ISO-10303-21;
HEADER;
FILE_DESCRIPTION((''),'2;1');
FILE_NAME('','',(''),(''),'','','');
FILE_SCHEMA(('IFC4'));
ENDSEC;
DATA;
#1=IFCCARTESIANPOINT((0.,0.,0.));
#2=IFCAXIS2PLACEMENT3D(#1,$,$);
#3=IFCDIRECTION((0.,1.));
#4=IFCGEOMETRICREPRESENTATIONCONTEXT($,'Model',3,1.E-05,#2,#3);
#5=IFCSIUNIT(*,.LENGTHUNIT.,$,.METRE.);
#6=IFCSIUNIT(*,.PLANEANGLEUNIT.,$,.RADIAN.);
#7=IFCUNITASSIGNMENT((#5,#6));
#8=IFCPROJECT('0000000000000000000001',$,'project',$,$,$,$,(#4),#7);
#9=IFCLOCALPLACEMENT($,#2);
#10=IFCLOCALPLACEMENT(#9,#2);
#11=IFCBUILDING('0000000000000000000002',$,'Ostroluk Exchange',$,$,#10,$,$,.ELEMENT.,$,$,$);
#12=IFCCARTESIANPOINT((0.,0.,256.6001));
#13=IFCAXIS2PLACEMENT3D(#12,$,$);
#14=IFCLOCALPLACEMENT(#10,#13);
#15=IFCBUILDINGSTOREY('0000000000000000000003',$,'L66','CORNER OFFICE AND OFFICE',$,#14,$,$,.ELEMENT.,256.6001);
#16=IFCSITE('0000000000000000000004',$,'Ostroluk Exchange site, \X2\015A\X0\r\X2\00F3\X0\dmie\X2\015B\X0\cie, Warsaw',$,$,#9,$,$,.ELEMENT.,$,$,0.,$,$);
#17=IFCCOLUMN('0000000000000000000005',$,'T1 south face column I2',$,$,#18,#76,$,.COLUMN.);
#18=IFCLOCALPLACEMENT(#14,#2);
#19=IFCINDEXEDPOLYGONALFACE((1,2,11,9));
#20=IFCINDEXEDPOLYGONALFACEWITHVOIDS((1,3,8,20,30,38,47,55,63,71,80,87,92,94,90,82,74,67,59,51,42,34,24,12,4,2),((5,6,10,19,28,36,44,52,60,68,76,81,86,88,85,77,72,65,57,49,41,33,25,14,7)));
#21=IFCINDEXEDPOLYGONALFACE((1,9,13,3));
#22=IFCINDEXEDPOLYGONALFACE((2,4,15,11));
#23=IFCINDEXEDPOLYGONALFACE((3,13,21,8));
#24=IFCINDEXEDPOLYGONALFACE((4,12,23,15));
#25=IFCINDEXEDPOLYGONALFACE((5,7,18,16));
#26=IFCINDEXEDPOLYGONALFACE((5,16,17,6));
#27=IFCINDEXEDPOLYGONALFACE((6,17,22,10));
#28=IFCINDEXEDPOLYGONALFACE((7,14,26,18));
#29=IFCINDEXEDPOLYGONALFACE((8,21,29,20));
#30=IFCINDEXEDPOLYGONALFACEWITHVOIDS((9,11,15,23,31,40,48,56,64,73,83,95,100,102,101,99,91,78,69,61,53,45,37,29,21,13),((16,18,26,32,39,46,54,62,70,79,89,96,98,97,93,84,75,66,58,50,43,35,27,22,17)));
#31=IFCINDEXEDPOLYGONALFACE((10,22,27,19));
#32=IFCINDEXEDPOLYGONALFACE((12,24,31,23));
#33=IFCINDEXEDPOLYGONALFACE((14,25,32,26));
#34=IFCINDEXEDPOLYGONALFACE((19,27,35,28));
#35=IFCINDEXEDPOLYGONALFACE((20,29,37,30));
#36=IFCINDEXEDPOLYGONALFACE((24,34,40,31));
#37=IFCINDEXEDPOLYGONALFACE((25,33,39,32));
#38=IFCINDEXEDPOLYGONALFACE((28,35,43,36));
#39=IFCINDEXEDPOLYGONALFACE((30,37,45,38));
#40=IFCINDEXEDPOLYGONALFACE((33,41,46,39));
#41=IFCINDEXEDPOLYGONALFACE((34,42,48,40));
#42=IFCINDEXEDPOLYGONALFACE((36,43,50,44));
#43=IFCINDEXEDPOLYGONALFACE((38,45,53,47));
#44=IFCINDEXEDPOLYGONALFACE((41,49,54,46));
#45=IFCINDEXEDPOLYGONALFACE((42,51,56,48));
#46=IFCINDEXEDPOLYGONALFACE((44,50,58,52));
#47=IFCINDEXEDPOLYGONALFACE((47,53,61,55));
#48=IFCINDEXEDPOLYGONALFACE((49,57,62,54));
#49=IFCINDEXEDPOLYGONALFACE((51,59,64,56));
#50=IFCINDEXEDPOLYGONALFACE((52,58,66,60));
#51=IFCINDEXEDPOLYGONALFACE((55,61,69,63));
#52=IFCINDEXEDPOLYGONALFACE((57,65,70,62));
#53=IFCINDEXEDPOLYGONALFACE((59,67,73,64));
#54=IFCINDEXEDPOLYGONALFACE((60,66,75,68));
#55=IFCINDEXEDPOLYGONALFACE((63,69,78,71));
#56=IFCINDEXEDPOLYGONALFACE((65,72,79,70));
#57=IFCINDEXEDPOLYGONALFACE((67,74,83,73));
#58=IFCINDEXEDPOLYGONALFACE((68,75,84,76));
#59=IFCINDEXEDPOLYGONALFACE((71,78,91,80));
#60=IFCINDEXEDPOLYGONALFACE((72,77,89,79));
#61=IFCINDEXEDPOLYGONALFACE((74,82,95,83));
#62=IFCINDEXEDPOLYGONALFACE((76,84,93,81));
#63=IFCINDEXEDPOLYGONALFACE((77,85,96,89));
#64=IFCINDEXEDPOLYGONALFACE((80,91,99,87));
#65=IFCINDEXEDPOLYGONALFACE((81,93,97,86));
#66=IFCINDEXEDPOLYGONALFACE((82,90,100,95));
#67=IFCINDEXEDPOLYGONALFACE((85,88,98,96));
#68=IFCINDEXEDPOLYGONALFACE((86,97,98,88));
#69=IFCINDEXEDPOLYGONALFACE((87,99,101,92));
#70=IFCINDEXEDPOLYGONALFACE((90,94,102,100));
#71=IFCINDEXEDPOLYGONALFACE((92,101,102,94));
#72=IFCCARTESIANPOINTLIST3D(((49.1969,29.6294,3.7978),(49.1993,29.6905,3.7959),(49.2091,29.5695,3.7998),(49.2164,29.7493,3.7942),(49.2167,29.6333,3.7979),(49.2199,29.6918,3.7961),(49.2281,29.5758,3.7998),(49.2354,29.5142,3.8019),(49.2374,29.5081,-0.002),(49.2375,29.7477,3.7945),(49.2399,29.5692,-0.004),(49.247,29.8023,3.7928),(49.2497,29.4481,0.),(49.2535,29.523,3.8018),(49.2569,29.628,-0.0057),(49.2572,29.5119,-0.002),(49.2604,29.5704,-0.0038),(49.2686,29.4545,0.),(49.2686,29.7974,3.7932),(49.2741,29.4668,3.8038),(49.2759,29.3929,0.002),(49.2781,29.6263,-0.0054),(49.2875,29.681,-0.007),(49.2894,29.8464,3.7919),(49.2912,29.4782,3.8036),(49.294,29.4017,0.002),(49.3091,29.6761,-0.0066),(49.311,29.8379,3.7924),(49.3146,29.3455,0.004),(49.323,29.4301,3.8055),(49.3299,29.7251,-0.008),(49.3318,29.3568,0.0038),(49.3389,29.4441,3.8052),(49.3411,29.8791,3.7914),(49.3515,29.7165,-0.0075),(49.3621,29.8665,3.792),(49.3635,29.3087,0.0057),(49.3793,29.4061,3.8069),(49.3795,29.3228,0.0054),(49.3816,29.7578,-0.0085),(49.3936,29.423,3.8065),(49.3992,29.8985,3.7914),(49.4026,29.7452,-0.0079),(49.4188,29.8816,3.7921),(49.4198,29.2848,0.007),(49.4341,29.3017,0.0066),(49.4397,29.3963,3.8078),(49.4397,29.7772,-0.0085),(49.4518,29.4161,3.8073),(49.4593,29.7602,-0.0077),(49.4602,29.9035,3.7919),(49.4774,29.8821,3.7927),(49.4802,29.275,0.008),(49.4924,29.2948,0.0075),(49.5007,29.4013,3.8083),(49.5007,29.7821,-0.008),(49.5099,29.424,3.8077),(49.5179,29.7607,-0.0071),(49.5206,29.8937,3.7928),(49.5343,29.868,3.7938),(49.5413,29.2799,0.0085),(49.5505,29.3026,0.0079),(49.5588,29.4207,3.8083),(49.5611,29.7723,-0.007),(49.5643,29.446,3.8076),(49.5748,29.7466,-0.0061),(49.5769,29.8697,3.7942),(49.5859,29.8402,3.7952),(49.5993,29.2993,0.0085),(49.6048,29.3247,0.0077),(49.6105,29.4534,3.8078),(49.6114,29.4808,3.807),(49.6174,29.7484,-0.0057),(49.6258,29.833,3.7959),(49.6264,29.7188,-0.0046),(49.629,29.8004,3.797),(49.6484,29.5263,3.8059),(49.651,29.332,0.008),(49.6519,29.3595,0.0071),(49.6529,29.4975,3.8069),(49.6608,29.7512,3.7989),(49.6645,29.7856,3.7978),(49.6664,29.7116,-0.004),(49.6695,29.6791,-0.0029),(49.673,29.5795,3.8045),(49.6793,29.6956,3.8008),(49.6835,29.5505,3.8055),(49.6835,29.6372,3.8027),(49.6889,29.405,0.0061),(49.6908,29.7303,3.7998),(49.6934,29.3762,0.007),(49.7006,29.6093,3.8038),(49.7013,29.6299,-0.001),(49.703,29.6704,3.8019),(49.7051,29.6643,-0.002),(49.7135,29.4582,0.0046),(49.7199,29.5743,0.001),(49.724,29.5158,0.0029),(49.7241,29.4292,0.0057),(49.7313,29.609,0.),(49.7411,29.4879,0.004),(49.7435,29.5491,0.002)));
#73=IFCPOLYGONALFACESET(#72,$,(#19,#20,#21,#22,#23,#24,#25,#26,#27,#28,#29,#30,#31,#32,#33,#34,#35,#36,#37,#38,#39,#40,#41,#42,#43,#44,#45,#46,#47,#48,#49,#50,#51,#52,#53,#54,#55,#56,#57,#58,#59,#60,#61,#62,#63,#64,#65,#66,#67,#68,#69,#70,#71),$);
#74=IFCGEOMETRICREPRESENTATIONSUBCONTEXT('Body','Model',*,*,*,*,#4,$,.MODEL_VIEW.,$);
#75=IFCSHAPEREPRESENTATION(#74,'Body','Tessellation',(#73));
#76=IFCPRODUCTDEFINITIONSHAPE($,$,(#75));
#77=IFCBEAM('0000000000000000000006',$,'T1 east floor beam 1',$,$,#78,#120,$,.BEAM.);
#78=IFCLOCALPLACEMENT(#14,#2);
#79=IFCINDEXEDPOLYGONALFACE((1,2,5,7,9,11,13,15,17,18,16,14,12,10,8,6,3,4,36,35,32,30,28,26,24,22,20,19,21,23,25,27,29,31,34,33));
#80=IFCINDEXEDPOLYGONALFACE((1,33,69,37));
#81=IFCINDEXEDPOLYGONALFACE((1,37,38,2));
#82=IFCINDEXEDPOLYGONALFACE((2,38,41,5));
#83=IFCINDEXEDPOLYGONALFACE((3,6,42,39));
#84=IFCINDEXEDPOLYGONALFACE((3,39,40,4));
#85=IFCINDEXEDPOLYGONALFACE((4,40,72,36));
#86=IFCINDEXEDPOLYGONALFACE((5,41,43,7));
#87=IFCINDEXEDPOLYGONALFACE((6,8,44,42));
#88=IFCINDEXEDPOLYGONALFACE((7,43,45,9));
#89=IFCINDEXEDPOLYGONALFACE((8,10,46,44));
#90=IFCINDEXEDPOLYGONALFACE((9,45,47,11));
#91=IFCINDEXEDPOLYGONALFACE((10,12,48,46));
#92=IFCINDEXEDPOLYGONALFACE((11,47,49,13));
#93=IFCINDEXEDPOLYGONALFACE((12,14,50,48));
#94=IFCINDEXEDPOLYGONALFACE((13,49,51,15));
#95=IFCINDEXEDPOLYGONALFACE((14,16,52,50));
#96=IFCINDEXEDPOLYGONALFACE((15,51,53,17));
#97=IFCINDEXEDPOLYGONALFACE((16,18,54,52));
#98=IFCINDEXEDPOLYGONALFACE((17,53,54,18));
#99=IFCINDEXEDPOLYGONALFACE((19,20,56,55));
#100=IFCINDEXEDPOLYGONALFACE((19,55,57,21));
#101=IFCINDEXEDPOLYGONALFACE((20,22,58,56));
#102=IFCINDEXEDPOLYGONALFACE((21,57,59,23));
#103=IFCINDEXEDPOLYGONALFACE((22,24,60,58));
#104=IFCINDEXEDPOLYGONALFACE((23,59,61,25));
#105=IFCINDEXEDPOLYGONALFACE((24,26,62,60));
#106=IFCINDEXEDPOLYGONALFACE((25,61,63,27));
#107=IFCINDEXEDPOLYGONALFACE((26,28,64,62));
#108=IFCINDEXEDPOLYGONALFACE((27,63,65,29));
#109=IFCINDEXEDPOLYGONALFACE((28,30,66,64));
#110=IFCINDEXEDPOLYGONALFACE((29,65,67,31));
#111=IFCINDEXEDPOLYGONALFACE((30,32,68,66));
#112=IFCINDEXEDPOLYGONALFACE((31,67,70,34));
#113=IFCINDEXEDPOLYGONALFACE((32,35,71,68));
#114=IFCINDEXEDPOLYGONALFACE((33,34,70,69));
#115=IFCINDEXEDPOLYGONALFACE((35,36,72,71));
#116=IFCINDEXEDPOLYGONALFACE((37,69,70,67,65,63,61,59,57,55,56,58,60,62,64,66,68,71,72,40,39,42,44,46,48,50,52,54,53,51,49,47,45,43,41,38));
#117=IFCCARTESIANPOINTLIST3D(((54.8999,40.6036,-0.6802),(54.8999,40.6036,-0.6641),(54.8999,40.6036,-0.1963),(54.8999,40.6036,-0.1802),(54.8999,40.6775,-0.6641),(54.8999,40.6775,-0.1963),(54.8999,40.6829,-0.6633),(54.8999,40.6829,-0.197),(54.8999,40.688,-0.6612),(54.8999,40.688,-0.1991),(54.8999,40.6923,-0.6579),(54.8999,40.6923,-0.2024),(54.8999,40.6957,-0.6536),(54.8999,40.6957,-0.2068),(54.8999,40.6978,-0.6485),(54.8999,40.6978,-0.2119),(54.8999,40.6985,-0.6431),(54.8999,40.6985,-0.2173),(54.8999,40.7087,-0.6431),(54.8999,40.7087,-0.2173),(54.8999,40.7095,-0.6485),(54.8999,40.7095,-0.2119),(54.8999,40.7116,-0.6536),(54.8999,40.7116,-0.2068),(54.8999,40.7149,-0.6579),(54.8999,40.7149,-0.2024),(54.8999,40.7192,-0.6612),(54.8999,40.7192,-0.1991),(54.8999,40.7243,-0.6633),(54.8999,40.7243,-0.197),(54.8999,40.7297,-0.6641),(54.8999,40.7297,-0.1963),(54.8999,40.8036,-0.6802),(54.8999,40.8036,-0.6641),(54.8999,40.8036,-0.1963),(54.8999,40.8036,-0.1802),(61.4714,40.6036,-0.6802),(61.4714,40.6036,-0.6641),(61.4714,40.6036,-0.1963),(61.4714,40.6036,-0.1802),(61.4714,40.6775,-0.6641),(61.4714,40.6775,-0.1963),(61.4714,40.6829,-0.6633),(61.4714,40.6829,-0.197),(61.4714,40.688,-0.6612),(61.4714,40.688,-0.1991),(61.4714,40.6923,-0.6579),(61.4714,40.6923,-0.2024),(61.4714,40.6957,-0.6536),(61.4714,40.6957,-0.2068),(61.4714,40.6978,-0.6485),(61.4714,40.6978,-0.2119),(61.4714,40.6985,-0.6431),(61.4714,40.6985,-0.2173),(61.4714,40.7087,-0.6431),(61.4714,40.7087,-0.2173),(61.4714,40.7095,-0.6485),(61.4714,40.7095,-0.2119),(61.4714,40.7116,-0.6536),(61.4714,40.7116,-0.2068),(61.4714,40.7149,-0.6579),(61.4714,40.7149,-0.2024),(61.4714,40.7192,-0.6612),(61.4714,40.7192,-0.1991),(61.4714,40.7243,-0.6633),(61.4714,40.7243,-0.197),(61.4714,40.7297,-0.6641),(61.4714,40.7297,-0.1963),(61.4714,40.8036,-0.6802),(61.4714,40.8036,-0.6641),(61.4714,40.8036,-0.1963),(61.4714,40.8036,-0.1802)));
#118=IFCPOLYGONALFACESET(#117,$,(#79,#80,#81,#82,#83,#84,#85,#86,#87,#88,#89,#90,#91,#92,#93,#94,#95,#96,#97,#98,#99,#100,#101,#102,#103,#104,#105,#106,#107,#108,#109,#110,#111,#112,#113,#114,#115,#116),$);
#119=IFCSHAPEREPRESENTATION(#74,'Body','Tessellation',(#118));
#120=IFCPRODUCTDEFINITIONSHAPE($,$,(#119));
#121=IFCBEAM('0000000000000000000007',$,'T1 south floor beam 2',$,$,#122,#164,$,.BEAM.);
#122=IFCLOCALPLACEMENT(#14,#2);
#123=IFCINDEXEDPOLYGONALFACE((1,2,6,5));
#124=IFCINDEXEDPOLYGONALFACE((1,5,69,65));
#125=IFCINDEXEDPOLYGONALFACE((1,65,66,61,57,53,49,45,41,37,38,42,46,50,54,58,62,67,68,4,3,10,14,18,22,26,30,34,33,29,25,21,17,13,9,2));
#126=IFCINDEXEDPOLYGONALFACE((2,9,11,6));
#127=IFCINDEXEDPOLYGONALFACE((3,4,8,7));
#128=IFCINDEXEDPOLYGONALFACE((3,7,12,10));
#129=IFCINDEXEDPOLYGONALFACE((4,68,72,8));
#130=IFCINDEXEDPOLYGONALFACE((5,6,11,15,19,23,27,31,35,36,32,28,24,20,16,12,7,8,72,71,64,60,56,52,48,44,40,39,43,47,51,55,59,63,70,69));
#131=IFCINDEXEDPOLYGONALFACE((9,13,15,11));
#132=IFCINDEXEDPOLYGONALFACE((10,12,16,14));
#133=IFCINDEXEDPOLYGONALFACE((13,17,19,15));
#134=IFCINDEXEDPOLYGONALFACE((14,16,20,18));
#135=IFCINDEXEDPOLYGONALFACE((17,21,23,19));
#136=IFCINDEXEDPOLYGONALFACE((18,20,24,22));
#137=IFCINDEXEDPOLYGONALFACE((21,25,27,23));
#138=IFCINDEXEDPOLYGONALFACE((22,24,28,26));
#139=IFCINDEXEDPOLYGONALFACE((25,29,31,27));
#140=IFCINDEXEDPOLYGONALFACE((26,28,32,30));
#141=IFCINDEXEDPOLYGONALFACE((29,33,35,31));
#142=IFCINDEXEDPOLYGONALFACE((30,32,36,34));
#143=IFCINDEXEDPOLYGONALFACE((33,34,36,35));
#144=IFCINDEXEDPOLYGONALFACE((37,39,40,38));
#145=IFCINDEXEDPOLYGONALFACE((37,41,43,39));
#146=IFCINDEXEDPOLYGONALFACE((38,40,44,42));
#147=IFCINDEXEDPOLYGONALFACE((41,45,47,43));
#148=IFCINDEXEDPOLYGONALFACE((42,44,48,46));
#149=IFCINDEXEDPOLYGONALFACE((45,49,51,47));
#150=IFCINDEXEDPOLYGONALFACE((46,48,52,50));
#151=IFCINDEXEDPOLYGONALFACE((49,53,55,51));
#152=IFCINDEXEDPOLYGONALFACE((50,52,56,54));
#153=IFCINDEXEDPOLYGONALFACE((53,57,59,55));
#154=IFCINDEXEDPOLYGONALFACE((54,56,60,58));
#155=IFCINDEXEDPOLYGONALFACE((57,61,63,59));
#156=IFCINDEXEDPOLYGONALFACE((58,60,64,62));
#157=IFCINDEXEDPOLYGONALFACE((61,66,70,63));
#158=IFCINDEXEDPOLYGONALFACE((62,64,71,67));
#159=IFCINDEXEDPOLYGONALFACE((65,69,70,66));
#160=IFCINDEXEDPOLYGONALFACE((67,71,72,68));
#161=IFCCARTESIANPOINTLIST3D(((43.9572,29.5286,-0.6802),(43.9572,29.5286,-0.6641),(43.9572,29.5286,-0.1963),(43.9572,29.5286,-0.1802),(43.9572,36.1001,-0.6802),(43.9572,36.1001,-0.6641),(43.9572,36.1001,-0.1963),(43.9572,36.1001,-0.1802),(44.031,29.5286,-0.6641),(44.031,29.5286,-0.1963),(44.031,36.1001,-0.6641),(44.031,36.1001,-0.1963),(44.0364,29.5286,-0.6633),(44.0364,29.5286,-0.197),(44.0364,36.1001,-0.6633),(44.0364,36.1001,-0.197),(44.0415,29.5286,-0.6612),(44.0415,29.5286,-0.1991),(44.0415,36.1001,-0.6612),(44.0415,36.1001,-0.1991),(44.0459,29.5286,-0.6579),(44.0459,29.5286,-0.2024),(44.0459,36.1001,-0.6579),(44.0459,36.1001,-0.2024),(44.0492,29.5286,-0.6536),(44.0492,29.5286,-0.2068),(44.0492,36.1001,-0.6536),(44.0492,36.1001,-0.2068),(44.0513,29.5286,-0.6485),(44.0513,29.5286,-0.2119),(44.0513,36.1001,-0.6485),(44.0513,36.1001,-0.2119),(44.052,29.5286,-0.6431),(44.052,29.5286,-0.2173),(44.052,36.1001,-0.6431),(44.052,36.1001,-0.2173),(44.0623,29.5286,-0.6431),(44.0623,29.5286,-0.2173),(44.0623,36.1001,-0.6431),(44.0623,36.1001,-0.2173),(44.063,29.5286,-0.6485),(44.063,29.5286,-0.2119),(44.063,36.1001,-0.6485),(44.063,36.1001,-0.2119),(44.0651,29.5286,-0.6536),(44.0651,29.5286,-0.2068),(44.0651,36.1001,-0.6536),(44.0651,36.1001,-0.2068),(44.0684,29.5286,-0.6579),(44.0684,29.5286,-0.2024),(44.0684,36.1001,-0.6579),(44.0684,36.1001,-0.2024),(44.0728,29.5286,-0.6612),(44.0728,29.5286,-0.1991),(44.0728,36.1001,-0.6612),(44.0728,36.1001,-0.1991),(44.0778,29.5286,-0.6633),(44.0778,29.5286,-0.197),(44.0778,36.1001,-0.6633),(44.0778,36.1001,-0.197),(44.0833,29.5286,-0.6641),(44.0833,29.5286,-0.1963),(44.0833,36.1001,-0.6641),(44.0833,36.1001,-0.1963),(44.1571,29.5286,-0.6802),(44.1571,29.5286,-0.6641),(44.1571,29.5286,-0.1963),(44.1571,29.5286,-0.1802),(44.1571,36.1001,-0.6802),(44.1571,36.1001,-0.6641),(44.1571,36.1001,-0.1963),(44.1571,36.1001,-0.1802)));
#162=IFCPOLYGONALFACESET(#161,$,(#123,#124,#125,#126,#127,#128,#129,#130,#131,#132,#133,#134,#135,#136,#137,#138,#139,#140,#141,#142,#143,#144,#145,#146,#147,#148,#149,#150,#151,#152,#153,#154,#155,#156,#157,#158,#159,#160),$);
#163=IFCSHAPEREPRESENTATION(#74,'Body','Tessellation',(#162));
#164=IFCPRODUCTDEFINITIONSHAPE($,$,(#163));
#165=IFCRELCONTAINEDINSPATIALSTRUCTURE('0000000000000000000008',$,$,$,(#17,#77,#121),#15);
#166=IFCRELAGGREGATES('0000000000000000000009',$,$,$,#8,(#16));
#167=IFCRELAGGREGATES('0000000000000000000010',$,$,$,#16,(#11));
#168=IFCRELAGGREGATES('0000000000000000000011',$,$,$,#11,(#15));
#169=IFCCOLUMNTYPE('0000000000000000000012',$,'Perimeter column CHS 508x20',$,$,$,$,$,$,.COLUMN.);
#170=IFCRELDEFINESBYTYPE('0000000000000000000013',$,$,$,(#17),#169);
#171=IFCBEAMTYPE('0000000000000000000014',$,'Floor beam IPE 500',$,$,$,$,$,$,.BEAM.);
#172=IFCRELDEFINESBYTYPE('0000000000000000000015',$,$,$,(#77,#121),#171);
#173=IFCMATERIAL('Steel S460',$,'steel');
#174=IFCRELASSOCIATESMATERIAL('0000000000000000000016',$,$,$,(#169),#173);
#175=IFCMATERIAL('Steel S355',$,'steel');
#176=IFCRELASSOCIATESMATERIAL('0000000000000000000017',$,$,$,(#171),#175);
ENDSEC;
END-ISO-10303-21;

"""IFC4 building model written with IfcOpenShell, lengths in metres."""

from ifc_helpers import new_model, si_unit, direction, frame, origin, origin_2d, place, context, subcontext, project, spatial, hollow_circle, i_section, extrude, material, material_profile, profile_set, type_object, element, save


model = new_model("IFC4")

# Units and contexts
model_context = context("Model", 3, precision=1e-05, world=origin(), true_north=direction((0.0, 1.0)))
body_context = subcontext(model_context, "Body", "Model", "MODEL_VIEW")
ifc_project = project(units=[si_unit("LENGTHUNIT", "METRE"), si_unit("PLANEANGLEUNIT", "RADIAN")], contexts=[model_context])

# Site, building, storey
site_placement = place(None, origin())
site = spatial("IfcSite", under=ifc_project, at=site_placement, Name="Ostroluk Exchange site, Śródmieście, Warsaw", CompositionType="ELEMENT", RefElevation=0.0)
building_placement = place(site_placement, origin())
building = spatial("IfcBuilding", under=site, at=building_placement, Name="Ostroluk Exchange", CompositionType="ELEMENT")
storey_placement = place(building_placement, frame((0.0, 0.0, 256.6001)))
storey = spatial("IfcBuildingStorey", under=building, at=storey_placement, Name="L66", Description="CORNER OFFICE AND OFFICE", CompositionType="ELEMENT", Elevation=256.6001)

# Column
ifc_material_1 = material(Name="Steel S460", Category="steel")
ifc_material_profile_1 = material_profile(ifc_material_1, hollow_circle(Radius=0.2539, WallThickness=0.02, at=origin_2d()), Name="CHS 508x20")
ifc_profile_set_1 = profile_set([ifc_material_profile_1], Name="Steel S460")
column_type = type_object("IfcColumnType", Name="Perimeter column CHS 508x20", PredefinedType="COLUMN", material=ifc_profile_set_1)
column_placement = place(storey_placement, frame((49.4905, 29.5286, 0.0), z_axis=(-0.01066, 0.031915, 0.999434), x_axis=(-0.948492, -0.3168, 0.0)))
element("IfcColumn", 1, at=column_placement, inside=storey, type_object=column_type, Name="T1 south face column I2", PredefinedType="COLUMN", context=body_context, shape_type="SweptSolid", body=[
    extrude(hollow_circle(Radius=0.2539, WallThickness=0.02, at=origin_2d()), origin(), (0.0, 0.0, 1.0), 3.802),
])

# Beams
ifc_material_2 = material(Name="Steel S355", Category="steel")
ifc_material_profile_2 = material_profile(ifc_material_2, i_section(OverallWidth=0.2, OverallDepth=0.5, WebThickness=0.0103, FlangeThickness=0.0161, FilletRadius=0.021, at=origin_2d()), Name="IPE 500")
ifc_profile_set_2 = profile_set([ifc_material_profile_2], Name="Steel S355")
beam_type_1 = type_object("IfcBeamType", Name="Floor beam IPE 500", PredefinedType="BEAM", material=ifc_profile_set_2)
for number, where, z_axis, x_axis, name in (
    (2, (54.8999, 40.7036, -0.4302), (1.0, 0.0, 0.0), (0.0, 1.0, 0.0), "T1 east floor beam 1"),
    (3, (44.0571, 36.1001, -0.4302), (0.0, -1.0, 0.0), (1.0, 0.0, 0.0), "T1 south floor beam 2"),
):
    element("IfcBeam", number, at=place(storey_placement, frame(where, z_axis=z_axis, x_axis=x_axis)), inside=storey, type_object=beam_type_1, Name=name, PredefinedType="BEAM", context=body_context, shape_type="SweptSolid", body=[
        extrude(i_section(OverallWidth=0.2, OverallDepth=0.5, WebThickness=0.0103, FlangeThickness=0.0161, FilletRadius=0.021, at=origin_2d()), origin(), (0.0, 0.0, 1.0), 6.5715),
    ])

save(model, "model.ifc")
